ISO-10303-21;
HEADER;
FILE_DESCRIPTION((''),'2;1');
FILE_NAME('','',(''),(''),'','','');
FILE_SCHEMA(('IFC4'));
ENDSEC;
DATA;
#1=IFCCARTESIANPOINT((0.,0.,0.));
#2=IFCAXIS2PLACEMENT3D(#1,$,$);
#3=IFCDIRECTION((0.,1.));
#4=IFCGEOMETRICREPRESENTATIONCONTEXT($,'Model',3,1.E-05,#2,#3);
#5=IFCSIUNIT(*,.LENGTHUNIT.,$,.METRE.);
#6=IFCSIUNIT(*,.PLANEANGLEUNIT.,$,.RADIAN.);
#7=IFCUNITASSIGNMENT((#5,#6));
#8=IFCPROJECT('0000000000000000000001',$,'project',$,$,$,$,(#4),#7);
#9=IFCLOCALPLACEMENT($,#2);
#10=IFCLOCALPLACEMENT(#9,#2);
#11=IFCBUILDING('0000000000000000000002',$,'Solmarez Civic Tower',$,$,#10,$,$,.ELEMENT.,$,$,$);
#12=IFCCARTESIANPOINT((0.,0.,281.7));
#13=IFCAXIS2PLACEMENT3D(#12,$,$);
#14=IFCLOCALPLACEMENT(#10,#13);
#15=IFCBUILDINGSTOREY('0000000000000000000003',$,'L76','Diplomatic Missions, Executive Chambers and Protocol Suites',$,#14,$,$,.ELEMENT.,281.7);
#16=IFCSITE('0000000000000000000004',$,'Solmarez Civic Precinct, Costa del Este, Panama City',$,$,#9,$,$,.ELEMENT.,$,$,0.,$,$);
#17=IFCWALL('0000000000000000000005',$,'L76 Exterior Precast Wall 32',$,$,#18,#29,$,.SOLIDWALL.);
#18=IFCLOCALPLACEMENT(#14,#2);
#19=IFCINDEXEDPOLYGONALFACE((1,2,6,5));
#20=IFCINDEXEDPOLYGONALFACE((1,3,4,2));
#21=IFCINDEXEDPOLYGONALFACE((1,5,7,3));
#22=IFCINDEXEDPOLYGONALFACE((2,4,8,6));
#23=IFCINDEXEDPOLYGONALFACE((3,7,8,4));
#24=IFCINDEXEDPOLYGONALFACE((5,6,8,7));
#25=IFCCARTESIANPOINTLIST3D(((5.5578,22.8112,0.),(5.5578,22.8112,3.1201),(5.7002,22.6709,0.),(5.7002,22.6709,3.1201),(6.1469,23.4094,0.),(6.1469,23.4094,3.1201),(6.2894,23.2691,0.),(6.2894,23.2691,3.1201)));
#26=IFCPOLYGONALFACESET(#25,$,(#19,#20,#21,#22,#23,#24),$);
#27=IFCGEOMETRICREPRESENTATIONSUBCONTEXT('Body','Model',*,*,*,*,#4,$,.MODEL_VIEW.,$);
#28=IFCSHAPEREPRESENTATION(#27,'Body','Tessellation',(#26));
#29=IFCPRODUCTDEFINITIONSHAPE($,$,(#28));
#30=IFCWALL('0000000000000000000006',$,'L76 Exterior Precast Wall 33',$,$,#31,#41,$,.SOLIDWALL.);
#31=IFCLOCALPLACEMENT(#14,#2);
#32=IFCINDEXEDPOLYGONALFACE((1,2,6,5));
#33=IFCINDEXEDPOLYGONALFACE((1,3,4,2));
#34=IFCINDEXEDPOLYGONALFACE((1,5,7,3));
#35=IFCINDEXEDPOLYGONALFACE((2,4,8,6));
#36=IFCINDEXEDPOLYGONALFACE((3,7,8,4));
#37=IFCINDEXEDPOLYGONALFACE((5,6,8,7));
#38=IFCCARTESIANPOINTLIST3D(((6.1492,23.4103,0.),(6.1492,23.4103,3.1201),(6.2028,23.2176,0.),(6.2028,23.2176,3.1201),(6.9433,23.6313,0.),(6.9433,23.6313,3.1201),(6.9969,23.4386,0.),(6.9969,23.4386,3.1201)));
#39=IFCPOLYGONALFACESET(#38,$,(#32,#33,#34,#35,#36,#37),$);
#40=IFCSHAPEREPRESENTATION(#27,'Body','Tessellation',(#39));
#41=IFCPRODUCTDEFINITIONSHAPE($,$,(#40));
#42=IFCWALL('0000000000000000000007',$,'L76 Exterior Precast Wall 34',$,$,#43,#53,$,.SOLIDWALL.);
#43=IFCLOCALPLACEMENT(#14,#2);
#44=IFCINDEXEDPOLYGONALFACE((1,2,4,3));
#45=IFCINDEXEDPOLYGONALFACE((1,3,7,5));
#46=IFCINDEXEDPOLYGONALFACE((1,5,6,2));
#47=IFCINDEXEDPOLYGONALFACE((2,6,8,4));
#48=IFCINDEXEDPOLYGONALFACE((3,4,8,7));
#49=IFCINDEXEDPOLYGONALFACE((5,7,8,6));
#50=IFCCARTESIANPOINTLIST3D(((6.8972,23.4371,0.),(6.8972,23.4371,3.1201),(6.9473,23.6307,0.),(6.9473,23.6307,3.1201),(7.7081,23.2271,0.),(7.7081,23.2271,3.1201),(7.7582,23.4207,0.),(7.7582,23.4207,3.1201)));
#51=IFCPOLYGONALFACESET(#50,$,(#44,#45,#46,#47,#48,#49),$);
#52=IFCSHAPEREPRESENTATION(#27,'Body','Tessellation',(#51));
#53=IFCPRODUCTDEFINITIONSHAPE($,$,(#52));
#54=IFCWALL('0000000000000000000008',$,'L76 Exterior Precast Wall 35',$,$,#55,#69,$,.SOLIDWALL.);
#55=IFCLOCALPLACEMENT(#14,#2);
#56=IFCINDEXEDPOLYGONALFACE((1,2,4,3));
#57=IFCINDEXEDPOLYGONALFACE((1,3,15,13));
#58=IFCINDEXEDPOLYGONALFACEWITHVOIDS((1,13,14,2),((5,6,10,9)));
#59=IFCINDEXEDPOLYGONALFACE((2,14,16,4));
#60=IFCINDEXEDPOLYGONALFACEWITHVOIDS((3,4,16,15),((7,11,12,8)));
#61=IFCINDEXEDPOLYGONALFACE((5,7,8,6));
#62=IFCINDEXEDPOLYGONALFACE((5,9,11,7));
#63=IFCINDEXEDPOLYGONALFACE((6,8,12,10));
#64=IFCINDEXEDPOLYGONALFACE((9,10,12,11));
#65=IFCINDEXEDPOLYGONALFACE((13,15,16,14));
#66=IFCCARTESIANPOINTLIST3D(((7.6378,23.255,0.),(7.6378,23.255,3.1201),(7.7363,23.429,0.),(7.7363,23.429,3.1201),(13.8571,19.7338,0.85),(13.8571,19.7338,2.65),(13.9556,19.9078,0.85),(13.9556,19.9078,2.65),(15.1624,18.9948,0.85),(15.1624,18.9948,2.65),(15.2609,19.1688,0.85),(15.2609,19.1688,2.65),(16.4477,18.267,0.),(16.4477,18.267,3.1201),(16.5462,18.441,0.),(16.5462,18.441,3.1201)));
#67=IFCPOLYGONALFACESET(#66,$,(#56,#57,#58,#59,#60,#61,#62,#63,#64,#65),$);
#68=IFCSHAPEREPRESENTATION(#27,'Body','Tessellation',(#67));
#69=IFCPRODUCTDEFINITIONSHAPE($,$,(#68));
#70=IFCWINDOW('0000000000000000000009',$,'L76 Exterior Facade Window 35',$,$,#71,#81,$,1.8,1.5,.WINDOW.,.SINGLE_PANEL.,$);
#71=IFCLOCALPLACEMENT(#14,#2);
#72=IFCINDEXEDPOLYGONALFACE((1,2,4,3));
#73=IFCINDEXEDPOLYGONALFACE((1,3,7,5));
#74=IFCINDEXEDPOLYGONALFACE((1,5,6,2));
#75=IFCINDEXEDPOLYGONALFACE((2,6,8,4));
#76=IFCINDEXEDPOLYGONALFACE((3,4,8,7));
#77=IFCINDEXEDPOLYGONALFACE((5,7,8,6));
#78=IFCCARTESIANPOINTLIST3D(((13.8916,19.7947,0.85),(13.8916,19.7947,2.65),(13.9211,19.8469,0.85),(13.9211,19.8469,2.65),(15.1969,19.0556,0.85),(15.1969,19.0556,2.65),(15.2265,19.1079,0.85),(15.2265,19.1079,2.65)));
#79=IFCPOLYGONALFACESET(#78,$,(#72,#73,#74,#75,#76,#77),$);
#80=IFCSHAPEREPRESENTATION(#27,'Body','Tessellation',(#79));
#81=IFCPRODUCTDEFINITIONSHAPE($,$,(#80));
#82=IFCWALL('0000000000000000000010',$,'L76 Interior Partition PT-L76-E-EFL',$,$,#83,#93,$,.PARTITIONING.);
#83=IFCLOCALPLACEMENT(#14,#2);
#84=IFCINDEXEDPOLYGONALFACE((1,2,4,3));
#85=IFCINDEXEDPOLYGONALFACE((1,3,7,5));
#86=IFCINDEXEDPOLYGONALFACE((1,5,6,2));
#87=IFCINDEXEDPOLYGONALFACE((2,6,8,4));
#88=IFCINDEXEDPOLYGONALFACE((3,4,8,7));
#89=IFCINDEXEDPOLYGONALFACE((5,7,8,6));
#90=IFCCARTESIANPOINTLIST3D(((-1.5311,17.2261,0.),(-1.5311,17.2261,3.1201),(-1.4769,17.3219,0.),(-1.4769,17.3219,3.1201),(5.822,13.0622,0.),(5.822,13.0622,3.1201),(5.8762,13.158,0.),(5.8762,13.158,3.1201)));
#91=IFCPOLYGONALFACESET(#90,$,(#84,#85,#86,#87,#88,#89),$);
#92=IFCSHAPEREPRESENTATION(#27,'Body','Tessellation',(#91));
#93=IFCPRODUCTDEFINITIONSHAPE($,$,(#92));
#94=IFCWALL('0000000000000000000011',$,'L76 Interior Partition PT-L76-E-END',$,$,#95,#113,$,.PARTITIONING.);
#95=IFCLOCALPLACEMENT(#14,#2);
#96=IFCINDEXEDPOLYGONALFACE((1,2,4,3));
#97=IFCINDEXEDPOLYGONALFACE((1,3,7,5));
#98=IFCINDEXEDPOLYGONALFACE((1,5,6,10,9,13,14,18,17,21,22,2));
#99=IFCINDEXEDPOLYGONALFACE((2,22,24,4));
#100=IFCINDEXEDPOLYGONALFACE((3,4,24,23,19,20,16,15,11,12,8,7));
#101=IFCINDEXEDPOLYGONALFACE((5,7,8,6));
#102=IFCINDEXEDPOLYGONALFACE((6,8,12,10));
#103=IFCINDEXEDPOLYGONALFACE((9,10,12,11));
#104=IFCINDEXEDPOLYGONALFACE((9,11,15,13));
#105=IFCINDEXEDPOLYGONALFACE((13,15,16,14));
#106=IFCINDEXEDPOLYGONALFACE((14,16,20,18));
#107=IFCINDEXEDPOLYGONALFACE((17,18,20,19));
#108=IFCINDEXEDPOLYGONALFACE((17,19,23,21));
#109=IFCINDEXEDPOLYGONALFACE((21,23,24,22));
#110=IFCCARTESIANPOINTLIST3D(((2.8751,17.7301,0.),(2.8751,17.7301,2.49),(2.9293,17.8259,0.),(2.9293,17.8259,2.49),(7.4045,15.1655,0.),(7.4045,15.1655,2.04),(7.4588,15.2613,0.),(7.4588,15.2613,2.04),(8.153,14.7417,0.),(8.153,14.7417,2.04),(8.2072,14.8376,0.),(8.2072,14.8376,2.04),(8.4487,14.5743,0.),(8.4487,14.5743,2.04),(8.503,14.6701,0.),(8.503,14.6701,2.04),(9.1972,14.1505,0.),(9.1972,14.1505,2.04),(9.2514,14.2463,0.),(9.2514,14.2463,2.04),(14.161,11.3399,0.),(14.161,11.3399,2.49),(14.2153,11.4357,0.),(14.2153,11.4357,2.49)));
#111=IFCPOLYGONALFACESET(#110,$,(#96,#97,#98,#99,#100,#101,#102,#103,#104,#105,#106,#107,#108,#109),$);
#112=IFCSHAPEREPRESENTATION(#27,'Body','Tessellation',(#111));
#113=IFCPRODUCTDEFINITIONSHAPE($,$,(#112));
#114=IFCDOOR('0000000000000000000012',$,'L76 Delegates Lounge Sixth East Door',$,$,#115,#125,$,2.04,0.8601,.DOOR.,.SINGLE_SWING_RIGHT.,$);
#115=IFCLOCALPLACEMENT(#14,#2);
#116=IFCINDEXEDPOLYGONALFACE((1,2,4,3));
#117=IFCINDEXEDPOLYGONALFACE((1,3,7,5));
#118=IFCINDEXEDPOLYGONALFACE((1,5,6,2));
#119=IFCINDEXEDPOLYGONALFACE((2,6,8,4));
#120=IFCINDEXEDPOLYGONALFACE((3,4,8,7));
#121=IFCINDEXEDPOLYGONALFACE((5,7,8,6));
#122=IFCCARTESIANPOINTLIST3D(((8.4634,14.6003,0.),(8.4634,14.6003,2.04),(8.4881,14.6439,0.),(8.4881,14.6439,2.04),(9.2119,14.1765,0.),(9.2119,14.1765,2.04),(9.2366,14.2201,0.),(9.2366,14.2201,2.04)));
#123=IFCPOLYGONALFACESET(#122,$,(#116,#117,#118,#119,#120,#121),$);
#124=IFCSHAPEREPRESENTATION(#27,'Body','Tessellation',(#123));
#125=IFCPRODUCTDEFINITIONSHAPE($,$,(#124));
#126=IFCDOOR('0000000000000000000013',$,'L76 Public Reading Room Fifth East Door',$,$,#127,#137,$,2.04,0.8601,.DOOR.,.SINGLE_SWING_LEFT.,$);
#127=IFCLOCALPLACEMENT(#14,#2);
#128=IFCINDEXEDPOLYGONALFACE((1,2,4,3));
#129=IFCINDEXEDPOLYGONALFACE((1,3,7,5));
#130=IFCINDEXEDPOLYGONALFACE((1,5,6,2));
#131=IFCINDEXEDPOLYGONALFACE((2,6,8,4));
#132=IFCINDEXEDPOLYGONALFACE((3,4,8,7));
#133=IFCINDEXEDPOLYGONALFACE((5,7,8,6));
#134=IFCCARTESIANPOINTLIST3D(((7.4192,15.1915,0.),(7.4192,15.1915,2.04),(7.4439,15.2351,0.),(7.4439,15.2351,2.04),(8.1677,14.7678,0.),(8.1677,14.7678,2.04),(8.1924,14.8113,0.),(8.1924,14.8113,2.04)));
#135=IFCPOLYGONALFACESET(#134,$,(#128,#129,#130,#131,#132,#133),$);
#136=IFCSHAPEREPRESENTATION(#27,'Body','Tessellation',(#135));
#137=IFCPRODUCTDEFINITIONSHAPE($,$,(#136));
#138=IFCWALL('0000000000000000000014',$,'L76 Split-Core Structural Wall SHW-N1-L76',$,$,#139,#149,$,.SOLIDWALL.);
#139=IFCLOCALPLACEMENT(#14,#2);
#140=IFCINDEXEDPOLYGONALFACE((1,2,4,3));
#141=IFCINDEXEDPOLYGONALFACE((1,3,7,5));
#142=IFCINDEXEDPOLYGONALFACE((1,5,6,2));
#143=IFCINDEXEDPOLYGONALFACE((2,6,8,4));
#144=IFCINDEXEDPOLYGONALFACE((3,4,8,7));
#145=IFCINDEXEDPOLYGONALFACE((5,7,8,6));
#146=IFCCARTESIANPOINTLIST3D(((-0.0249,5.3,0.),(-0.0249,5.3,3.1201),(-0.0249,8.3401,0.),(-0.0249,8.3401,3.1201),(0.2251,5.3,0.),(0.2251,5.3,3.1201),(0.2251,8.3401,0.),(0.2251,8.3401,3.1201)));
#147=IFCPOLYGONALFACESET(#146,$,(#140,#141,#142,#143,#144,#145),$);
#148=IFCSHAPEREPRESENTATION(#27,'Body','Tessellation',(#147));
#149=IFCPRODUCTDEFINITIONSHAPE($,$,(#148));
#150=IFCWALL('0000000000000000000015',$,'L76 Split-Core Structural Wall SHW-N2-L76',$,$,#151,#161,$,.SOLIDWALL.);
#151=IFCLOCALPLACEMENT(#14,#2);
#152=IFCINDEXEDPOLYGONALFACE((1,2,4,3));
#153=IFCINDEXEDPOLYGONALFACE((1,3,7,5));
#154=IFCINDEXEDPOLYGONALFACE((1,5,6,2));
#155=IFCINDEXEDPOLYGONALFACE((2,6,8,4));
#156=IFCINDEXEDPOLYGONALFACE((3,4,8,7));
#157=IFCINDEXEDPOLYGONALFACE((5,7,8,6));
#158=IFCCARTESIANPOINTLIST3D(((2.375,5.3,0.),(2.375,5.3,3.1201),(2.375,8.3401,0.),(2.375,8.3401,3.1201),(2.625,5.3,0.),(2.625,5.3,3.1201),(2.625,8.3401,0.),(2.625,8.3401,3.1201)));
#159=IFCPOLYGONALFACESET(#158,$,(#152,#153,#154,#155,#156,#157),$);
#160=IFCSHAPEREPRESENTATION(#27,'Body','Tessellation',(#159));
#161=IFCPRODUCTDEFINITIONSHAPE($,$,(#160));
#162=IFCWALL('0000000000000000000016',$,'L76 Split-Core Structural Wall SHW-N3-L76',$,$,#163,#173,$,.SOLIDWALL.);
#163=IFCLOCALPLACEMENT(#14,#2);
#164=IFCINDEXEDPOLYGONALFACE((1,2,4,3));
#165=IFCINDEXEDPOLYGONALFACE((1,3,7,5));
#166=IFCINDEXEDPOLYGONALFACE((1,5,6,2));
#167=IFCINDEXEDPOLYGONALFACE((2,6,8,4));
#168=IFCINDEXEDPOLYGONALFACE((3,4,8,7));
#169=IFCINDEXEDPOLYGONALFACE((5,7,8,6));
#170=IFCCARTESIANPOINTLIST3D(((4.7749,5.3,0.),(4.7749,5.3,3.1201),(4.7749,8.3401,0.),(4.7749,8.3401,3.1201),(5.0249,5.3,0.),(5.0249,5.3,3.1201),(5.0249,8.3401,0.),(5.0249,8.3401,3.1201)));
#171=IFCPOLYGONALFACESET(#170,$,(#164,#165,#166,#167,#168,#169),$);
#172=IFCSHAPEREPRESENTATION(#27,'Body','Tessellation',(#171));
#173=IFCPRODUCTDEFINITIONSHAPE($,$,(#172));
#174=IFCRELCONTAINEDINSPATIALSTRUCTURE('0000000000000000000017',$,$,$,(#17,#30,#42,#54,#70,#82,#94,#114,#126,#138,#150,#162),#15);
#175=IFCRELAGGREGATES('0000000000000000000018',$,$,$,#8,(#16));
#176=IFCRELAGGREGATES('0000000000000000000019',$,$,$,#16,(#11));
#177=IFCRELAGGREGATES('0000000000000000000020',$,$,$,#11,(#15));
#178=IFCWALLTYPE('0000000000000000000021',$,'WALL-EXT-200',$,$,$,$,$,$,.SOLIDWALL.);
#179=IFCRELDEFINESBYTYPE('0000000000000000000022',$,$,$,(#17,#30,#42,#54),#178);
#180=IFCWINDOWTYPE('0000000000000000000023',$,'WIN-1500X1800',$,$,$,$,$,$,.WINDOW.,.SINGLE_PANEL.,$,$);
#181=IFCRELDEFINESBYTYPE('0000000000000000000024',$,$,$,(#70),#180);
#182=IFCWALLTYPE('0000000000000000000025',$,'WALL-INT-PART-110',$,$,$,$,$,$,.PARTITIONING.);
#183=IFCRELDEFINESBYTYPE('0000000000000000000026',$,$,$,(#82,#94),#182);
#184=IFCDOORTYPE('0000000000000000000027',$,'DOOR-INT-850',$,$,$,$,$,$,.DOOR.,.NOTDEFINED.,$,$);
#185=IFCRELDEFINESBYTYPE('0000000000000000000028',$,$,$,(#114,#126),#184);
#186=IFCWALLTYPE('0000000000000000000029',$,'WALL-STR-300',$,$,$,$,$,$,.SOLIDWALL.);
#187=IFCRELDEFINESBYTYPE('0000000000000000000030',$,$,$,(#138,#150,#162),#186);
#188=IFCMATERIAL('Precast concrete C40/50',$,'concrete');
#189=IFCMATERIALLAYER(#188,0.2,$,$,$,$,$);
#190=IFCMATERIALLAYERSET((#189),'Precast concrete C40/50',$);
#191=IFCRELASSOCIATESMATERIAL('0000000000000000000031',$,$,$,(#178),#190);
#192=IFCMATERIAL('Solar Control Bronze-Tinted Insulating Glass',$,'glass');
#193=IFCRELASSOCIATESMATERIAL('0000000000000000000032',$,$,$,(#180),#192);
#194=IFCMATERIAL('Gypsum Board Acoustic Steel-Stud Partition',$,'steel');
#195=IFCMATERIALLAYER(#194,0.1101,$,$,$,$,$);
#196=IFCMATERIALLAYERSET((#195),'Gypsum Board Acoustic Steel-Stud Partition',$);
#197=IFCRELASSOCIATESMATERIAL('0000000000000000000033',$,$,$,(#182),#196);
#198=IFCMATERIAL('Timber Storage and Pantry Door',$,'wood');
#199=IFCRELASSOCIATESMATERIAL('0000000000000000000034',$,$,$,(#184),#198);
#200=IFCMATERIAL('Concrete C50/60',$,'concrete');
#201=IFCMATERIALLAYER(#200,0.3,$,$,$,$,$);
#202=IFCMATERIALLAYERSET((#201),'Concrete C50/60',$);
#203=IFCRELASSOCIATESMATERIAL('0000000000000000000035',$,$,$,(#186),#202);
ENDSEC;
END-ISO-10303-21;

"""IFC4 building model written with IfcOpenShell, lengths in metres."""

from ifc_helpers import new_model, si_unit, direction, frame, frame_2d, origin, place, context, subcontext, project, spatial, rectangle, extrude, material, layer, layer_set, type_object, element, fill, save


model = new_model("IFC4")

# Units and contexts
model_context = context("Model", 3, precision=1e-05, world=origin(), true_north=direction((0.0, 1.0)))
body_context = subcontext(model_context, "Body", "Model", "MODEL_VIEW")
ifc_project = project(units=[si_unit("LENGTHUNIT", "METRE"), si_unit("PLANEANGLEUNIT", "RADIAN")], contexts=[model_context])

# Site, building, storey
site_placement = place(None, origin())
site = spatial("IfcSite", under=ifc_project, at=site_placement, Name="Solmarez Civic Precinct, Costa del Este, Panama City", CompositionType="ELEMENT", RefElevation=0.0)
building_placement = place(site_placement, origin())
building = spatial("IfcBuilding", under=site, at=building_placement, Name="Solmarez Civic Tower", CompositionType="ELEMENT")
storey_placement = place(building_placement, frame((0.0, 0.0, 281.7)))
storey = spatial("IfcBuildingStorey", under=building, at=storey_placement, Name="L76", Description="Diplomatic Missions, Executive Chambers and Protocol Suites", CompositionType="ELEMENT", Elevation=281.7)

# Walls
ifc_material_1 = material(Name="Concrete C50/60", Category="concrete")
ifc_material_2 = material(Name="Precast concrete C40/50", Category="concrete")
ifc_layer_1 = layer(ifc_material_2, 0.2)
ifc_layer_set_1 = layer_set([ifc_layer_1], Name="Precast concrete C40/50")
wall_type_1 = type_object("IfcWallType", Name="WALL-EXT-200", PredefinedType="SOLIDWALL", material=ifc_layer_set_1)
wall_1_placement = place(storey_placement, frame((5.6289, 22.741, 0.0), z_axis=(0.0, 0.0, 1.0), x_axis=(0.701706, 0.712466, 0.0)))
element("IfcWall", 1, at=wall_1_placement, inside=storey, type_object=wall_type_1, Name="L76 Exterior Precast Wall 32", PredefinedType="SOLIDWALL", context=body_context, shape_type="SweptSolid", body=[
    extrude(rectangle(XDim=0.8396, YDim=0.2, at=frame_2d((0.4199, 0.0))), origin(), (0.0, 0.0, 1.0), 3.1201),
])
wall_2_placement = place(storey_placement, frame((6.176, 23.314, 0.0), z_axis=(0.0, 0.0, 1.0), x_axis=(0.96339, 0.268102, 0.0)))
element("IfcWall", 2, at=wall_2_placement, inside=storey, type_object=wall_type_1, Name="L76 Exterior Precast Wall 33", PredefinedType="SOLIDWALL", context=body_context, shape_type="SweptSolid", body=[
    extrude(rectangle(XDim=0.8242, YDim=0.2, at=frame_2d((0.4121, 0.0))), origin(), (0.0, 0.0, 1.0), 3.1201),
])
wall_3_placement = place(storey_placement, frame((6.9221, 23.5339, 0.0), z_axis=(0.0, 0.0, 1.0), x_axis=(0.968068, -0.250689, 0.0)))
element("IfcWall", 3, at=wall_3_placement, inside=storey, type_object=wall_type_1, Name="L76 Exterior Precast Wall 34", PredefinedType="SOLIDWALL", context=body_context, shape_type="SweptSolid", body=[
    extrude(rectangle(XDim=0.8376, YDim=0.2, at=frame_2d((0.4189, 0.0))), origin(), (0.0, 0.0, 1.0), 3.1201),
])

# Wall, opening, window
wall_4_placement = place(storey_placement, frame((7.687, 23.342, 0.0), z_axis=(0.0, 0.0, 1.0), x_axis=(0.870206, -0.492689, 0.0)))
wall_4 = element("IfcWall", 4, at=wall_4_placement, inside=storey, type_object=wall_type_1, Name="L76 Exterior Precast Wall 35", PredefinedType="SOLIDWALL", context=body_context, shape_type="SweptSolid", body=[
    extrude(rectangle(XDim=10.124, YDim=0.2, at=frame_2d((5.062, 0.0))), origin(), (0.0, 0.0, 1.0), 3.1201),
])
opening_1_placement = place(wall_4_placement, frame((7.147, 0.0, 0.8501)))
opening_1 = element("IfcOpeningElement", 5, at=opening_1_placement, cuts=wall_4, PredefinedType="OPENING", context=body_context, shape_type="SweptSolid", body=[
    extrude(rectangle(XDim=1.5, YDim=1.8, at=frame_2d((0.75, 0.8999))), frame((0.0, 0.1099, 0.0), z_axis=(0.0, -1.0, 0.0), x_axis=(1.0, 0.0, 0.0)), (0.0, 0.0, 1.0), 0.22),
])
ifc_material_3 = material(Name="Solar Control Bronze-Tinted Insulating Glass", Category="glass")
window_type = type_object("IfcWindowType", Name="WIN-1500X1800", PartitioningType="SINGLE_PANEL", PredefinedType="WINDOW", material=ifc_material_3)
window_placement = place(opening_1_placement, origin())
window = element("IfcWindow", 6, at=window_placement, inside=storey, type_object=window_type, Name="L76 Exterior Facade Window 35", OverallHeight=1.8, OverallWidth=1.5, PartitioningType="SINGLE_PANEL", PredefinedType="WINDOW", context=body_context, shape_type="SweptSolid", body=[
    extrude(rectangle(XDim=1.5, YDim=1.8, at=frame_2d((0.75, 0.8999))), frame((0.0, 0.03, 0.0), z_axis=(0.0, -1.0, 0.0), x_axis=(1.0, 0.0, 0.0)), (0.0, 0.0, 1.0), 0.0601),
])
fill(opening_1, window)

# Wall
ifc_material_4 = material(Name="Gypsum Board Acoustic Steel-Stud Partition", Category="steel")
ifc_layer_2 = layer(ifc_material_4, 0.1101)
ifc_layer_set_2 = layer_set([ifc_layer_2], Name="Gypsum Board Acoustic Steel-Stud Partition")
wall_type_2 = type_object("IfcWallType", Name="WALL-INT-PART-110", PredefinedType="PARTITIONING", material=ifc_layer_set_2)
wall_5_placement = place(storey_placement, frame((5.8491, 13.1101, 0.0), z_axis=(0.0, 0.0, 1.0), x_axis=(-0.870169, 0.492753, 0.0)))
element("IfcWall", 7, at=wall_5_placement, inside=storey, type_object=wall_type_2, Name="L76 Interior Partition PT-L76-E-EFL", PredefinedType="PARTITIONING", context=body_context, shape_type="SweptSolid", body=[
    extrude(rectangle(XDim=8.4502, YDim=0.1101, at=frame_2d((4.2251, 0.0))), origin(), (0.0, 0.0, 1.0), 3.1201),
])

# Wall, openings, doors
wall_6_placement = place(storey_placement, frame((2.9021, 17.7781, 0.0), z_axis=(0.0, 0.0, 1.0), x_axis=(0.870194, -0.492709, 0.0)))
wall_6 = element("IfcWall", 8, at=wall_6_placement, inside=storey, type_object=wall_type_2, Name="L76 Interior Partition PT-L76-E-END", PredefinedType="PARTITIONING", context=body_context, shape_type="SweptSolid", body=[
    extrude(rectangle(XDim=12.9695, YDim=0.1101, at=frame_2d((6.4849, 0.0))), origin(), (0.0, 0.0, 1.0), 2.49),
])
opening_2_placement = place(wall_6_placement, frame((6.405, 0.0, 0.0)))
opening_2 = element("IfcOpeningElement", 9, at=opening_2_placement, cuts=wall_6, PredefinedType="OPENING", context=body_context, shape_type="SweptSolid", body=[
    extrude(rectangle(XDim=0.8601, YDim=2.04, at=frame_2d((0.4302, 1.02))), frame((0.0, 0.0649, 0.0), z_axis=(0.0, -1.0, 0.0), x_axis=(1.0, 0.0, 0.0)), (0.0, 0.0, 1.0), 0.1301),
])
opening_3_placement = place(wall_6_placement, frame((5.2051, 0.0, 0.0)))
opening_3 = element("IfcOpeningElement", 10, at=opening_3_placement, cuts=wall_6, PredefinedType="OPENING", context=body_context, shape_type="SweptSolid", body=[
    extrude(rectangle(XDim=0.8601, YDim=2.04, at=frame_2d((0.4302, 1.02))), frame((0.0, 0.0649, 0.0), z_axis=(0.0, -1.0, 0.0), x_axis=(1.0, 0.0, 0.0)), (0.0, 0.0, 1.0), 0.1301),
])
ifc_material_5 = material(Name="Timber Storage and Pantry Door", Category="wood")
door_type_1 = type_object("IfcDoorType", Name="DOOR-INT-850", OperationType="NOTDEFINED", PredefinedType="DOOR", material=ifc_material_5)
door_1_placement = place(opening_2_placement, origin())
door_1 = element("IfcDoor", 11, at=door_1_placement, inside=storey, type_object=door_type_1, Name="L76 Delegates Lounge Sixth East Door", OperationType="SINGLE_SWING_RIGHT", OverallHeight=2.04, OverallWidth=0.8601, PredefinedType="DOOR", context=body_context, shape_type="SweptSolid", body=[
    extrude(rectangle(XDim=0.8601, YDim=2.04, at=frame_2d((0.4302, 1.02))), frame((0.0, 0.0249, 0.0), z_axis=(0.0, -1.0, 0.0), x_axis=(1.0, 0.0, 0.0)), (0.0, 0.0, 1.0), 0.05),
])
fill(opening_2, door_1)
door_2_placement = place(opening_3_placement, origin())
door_2 = element("IfcDoor", 12, at=door_2_placement, inside=storey, type_object=door_type_1, Name="L76 Public Reading Room Fifth East Door", OperationType="SINGLE_SWING_LEFT", OverallHeight=2.04, OverallWidth=0.8601, PredefinedType="DOOR", context=body_context, shape_type="SweptSolid", body=[
    extrude(rectangle(XDim=0.8601, YDim=2.04, at=frame_2d((0.4302, 1.02))), frame((0.0, 0.0249, 0.0), z_axis=(0.0, -1.0, 0.0), x_axis=(1.0, 0.0, 0.0)), (0.0, 0.0, 1.0), 0.05),
])
fill(opening_3, door_2)

# Walls
ifc_layer_3 = layer(ifc_material_1, 0.3)
ifc_layer_set_3 = layer_set([ifc_layer_3], Name="Concrete C50/60")
wall_type_3 = type_object("IfcWallType", Name="WALL-STR-300", PredefinedType="SOLIDWALL", material=ifc_layer_set_3)
for number, where, z_axis, x_axis, name in (
    (13, (0.1001, 5.3, 0.0), (0.0, 0.0, 1.0), (0.0, 1.0, 0.0), "L76 Split-Core Structural Wall SHW-N1-L76"),
    (14, (2.5, 5.3, 0.0), (0.0, 0.0, 1.0), (0.0, 1.0, 0.0), "L76 Split-Core Structural Wall SHW-N2-L76"),
    (15, (4.8999, 5.3, 0.0), (0.0, 0.0, 1.0), (0.0, 1.0, 0.0), "L76 Split-Core Structural Wall SHW-N3-L76"),
):
    element("IfcWall", number, at=place(storey_placement, frame(where, z_axis=z_axis, x_axis=x_axis)), inside=storey, type_object=wall_type_3, Name=name, PredefinedType="SOLIDWALL", context=body_context, shape_type="SweptSolid", body=[
        extrude(rectangle(XDim=3.04, YDim=0.25, at=frame_2d((1.52, 0.0))), origin(), (0.0, 0.0, 1.0), 3.1201),
    ])

save(model, "model.ifc")
